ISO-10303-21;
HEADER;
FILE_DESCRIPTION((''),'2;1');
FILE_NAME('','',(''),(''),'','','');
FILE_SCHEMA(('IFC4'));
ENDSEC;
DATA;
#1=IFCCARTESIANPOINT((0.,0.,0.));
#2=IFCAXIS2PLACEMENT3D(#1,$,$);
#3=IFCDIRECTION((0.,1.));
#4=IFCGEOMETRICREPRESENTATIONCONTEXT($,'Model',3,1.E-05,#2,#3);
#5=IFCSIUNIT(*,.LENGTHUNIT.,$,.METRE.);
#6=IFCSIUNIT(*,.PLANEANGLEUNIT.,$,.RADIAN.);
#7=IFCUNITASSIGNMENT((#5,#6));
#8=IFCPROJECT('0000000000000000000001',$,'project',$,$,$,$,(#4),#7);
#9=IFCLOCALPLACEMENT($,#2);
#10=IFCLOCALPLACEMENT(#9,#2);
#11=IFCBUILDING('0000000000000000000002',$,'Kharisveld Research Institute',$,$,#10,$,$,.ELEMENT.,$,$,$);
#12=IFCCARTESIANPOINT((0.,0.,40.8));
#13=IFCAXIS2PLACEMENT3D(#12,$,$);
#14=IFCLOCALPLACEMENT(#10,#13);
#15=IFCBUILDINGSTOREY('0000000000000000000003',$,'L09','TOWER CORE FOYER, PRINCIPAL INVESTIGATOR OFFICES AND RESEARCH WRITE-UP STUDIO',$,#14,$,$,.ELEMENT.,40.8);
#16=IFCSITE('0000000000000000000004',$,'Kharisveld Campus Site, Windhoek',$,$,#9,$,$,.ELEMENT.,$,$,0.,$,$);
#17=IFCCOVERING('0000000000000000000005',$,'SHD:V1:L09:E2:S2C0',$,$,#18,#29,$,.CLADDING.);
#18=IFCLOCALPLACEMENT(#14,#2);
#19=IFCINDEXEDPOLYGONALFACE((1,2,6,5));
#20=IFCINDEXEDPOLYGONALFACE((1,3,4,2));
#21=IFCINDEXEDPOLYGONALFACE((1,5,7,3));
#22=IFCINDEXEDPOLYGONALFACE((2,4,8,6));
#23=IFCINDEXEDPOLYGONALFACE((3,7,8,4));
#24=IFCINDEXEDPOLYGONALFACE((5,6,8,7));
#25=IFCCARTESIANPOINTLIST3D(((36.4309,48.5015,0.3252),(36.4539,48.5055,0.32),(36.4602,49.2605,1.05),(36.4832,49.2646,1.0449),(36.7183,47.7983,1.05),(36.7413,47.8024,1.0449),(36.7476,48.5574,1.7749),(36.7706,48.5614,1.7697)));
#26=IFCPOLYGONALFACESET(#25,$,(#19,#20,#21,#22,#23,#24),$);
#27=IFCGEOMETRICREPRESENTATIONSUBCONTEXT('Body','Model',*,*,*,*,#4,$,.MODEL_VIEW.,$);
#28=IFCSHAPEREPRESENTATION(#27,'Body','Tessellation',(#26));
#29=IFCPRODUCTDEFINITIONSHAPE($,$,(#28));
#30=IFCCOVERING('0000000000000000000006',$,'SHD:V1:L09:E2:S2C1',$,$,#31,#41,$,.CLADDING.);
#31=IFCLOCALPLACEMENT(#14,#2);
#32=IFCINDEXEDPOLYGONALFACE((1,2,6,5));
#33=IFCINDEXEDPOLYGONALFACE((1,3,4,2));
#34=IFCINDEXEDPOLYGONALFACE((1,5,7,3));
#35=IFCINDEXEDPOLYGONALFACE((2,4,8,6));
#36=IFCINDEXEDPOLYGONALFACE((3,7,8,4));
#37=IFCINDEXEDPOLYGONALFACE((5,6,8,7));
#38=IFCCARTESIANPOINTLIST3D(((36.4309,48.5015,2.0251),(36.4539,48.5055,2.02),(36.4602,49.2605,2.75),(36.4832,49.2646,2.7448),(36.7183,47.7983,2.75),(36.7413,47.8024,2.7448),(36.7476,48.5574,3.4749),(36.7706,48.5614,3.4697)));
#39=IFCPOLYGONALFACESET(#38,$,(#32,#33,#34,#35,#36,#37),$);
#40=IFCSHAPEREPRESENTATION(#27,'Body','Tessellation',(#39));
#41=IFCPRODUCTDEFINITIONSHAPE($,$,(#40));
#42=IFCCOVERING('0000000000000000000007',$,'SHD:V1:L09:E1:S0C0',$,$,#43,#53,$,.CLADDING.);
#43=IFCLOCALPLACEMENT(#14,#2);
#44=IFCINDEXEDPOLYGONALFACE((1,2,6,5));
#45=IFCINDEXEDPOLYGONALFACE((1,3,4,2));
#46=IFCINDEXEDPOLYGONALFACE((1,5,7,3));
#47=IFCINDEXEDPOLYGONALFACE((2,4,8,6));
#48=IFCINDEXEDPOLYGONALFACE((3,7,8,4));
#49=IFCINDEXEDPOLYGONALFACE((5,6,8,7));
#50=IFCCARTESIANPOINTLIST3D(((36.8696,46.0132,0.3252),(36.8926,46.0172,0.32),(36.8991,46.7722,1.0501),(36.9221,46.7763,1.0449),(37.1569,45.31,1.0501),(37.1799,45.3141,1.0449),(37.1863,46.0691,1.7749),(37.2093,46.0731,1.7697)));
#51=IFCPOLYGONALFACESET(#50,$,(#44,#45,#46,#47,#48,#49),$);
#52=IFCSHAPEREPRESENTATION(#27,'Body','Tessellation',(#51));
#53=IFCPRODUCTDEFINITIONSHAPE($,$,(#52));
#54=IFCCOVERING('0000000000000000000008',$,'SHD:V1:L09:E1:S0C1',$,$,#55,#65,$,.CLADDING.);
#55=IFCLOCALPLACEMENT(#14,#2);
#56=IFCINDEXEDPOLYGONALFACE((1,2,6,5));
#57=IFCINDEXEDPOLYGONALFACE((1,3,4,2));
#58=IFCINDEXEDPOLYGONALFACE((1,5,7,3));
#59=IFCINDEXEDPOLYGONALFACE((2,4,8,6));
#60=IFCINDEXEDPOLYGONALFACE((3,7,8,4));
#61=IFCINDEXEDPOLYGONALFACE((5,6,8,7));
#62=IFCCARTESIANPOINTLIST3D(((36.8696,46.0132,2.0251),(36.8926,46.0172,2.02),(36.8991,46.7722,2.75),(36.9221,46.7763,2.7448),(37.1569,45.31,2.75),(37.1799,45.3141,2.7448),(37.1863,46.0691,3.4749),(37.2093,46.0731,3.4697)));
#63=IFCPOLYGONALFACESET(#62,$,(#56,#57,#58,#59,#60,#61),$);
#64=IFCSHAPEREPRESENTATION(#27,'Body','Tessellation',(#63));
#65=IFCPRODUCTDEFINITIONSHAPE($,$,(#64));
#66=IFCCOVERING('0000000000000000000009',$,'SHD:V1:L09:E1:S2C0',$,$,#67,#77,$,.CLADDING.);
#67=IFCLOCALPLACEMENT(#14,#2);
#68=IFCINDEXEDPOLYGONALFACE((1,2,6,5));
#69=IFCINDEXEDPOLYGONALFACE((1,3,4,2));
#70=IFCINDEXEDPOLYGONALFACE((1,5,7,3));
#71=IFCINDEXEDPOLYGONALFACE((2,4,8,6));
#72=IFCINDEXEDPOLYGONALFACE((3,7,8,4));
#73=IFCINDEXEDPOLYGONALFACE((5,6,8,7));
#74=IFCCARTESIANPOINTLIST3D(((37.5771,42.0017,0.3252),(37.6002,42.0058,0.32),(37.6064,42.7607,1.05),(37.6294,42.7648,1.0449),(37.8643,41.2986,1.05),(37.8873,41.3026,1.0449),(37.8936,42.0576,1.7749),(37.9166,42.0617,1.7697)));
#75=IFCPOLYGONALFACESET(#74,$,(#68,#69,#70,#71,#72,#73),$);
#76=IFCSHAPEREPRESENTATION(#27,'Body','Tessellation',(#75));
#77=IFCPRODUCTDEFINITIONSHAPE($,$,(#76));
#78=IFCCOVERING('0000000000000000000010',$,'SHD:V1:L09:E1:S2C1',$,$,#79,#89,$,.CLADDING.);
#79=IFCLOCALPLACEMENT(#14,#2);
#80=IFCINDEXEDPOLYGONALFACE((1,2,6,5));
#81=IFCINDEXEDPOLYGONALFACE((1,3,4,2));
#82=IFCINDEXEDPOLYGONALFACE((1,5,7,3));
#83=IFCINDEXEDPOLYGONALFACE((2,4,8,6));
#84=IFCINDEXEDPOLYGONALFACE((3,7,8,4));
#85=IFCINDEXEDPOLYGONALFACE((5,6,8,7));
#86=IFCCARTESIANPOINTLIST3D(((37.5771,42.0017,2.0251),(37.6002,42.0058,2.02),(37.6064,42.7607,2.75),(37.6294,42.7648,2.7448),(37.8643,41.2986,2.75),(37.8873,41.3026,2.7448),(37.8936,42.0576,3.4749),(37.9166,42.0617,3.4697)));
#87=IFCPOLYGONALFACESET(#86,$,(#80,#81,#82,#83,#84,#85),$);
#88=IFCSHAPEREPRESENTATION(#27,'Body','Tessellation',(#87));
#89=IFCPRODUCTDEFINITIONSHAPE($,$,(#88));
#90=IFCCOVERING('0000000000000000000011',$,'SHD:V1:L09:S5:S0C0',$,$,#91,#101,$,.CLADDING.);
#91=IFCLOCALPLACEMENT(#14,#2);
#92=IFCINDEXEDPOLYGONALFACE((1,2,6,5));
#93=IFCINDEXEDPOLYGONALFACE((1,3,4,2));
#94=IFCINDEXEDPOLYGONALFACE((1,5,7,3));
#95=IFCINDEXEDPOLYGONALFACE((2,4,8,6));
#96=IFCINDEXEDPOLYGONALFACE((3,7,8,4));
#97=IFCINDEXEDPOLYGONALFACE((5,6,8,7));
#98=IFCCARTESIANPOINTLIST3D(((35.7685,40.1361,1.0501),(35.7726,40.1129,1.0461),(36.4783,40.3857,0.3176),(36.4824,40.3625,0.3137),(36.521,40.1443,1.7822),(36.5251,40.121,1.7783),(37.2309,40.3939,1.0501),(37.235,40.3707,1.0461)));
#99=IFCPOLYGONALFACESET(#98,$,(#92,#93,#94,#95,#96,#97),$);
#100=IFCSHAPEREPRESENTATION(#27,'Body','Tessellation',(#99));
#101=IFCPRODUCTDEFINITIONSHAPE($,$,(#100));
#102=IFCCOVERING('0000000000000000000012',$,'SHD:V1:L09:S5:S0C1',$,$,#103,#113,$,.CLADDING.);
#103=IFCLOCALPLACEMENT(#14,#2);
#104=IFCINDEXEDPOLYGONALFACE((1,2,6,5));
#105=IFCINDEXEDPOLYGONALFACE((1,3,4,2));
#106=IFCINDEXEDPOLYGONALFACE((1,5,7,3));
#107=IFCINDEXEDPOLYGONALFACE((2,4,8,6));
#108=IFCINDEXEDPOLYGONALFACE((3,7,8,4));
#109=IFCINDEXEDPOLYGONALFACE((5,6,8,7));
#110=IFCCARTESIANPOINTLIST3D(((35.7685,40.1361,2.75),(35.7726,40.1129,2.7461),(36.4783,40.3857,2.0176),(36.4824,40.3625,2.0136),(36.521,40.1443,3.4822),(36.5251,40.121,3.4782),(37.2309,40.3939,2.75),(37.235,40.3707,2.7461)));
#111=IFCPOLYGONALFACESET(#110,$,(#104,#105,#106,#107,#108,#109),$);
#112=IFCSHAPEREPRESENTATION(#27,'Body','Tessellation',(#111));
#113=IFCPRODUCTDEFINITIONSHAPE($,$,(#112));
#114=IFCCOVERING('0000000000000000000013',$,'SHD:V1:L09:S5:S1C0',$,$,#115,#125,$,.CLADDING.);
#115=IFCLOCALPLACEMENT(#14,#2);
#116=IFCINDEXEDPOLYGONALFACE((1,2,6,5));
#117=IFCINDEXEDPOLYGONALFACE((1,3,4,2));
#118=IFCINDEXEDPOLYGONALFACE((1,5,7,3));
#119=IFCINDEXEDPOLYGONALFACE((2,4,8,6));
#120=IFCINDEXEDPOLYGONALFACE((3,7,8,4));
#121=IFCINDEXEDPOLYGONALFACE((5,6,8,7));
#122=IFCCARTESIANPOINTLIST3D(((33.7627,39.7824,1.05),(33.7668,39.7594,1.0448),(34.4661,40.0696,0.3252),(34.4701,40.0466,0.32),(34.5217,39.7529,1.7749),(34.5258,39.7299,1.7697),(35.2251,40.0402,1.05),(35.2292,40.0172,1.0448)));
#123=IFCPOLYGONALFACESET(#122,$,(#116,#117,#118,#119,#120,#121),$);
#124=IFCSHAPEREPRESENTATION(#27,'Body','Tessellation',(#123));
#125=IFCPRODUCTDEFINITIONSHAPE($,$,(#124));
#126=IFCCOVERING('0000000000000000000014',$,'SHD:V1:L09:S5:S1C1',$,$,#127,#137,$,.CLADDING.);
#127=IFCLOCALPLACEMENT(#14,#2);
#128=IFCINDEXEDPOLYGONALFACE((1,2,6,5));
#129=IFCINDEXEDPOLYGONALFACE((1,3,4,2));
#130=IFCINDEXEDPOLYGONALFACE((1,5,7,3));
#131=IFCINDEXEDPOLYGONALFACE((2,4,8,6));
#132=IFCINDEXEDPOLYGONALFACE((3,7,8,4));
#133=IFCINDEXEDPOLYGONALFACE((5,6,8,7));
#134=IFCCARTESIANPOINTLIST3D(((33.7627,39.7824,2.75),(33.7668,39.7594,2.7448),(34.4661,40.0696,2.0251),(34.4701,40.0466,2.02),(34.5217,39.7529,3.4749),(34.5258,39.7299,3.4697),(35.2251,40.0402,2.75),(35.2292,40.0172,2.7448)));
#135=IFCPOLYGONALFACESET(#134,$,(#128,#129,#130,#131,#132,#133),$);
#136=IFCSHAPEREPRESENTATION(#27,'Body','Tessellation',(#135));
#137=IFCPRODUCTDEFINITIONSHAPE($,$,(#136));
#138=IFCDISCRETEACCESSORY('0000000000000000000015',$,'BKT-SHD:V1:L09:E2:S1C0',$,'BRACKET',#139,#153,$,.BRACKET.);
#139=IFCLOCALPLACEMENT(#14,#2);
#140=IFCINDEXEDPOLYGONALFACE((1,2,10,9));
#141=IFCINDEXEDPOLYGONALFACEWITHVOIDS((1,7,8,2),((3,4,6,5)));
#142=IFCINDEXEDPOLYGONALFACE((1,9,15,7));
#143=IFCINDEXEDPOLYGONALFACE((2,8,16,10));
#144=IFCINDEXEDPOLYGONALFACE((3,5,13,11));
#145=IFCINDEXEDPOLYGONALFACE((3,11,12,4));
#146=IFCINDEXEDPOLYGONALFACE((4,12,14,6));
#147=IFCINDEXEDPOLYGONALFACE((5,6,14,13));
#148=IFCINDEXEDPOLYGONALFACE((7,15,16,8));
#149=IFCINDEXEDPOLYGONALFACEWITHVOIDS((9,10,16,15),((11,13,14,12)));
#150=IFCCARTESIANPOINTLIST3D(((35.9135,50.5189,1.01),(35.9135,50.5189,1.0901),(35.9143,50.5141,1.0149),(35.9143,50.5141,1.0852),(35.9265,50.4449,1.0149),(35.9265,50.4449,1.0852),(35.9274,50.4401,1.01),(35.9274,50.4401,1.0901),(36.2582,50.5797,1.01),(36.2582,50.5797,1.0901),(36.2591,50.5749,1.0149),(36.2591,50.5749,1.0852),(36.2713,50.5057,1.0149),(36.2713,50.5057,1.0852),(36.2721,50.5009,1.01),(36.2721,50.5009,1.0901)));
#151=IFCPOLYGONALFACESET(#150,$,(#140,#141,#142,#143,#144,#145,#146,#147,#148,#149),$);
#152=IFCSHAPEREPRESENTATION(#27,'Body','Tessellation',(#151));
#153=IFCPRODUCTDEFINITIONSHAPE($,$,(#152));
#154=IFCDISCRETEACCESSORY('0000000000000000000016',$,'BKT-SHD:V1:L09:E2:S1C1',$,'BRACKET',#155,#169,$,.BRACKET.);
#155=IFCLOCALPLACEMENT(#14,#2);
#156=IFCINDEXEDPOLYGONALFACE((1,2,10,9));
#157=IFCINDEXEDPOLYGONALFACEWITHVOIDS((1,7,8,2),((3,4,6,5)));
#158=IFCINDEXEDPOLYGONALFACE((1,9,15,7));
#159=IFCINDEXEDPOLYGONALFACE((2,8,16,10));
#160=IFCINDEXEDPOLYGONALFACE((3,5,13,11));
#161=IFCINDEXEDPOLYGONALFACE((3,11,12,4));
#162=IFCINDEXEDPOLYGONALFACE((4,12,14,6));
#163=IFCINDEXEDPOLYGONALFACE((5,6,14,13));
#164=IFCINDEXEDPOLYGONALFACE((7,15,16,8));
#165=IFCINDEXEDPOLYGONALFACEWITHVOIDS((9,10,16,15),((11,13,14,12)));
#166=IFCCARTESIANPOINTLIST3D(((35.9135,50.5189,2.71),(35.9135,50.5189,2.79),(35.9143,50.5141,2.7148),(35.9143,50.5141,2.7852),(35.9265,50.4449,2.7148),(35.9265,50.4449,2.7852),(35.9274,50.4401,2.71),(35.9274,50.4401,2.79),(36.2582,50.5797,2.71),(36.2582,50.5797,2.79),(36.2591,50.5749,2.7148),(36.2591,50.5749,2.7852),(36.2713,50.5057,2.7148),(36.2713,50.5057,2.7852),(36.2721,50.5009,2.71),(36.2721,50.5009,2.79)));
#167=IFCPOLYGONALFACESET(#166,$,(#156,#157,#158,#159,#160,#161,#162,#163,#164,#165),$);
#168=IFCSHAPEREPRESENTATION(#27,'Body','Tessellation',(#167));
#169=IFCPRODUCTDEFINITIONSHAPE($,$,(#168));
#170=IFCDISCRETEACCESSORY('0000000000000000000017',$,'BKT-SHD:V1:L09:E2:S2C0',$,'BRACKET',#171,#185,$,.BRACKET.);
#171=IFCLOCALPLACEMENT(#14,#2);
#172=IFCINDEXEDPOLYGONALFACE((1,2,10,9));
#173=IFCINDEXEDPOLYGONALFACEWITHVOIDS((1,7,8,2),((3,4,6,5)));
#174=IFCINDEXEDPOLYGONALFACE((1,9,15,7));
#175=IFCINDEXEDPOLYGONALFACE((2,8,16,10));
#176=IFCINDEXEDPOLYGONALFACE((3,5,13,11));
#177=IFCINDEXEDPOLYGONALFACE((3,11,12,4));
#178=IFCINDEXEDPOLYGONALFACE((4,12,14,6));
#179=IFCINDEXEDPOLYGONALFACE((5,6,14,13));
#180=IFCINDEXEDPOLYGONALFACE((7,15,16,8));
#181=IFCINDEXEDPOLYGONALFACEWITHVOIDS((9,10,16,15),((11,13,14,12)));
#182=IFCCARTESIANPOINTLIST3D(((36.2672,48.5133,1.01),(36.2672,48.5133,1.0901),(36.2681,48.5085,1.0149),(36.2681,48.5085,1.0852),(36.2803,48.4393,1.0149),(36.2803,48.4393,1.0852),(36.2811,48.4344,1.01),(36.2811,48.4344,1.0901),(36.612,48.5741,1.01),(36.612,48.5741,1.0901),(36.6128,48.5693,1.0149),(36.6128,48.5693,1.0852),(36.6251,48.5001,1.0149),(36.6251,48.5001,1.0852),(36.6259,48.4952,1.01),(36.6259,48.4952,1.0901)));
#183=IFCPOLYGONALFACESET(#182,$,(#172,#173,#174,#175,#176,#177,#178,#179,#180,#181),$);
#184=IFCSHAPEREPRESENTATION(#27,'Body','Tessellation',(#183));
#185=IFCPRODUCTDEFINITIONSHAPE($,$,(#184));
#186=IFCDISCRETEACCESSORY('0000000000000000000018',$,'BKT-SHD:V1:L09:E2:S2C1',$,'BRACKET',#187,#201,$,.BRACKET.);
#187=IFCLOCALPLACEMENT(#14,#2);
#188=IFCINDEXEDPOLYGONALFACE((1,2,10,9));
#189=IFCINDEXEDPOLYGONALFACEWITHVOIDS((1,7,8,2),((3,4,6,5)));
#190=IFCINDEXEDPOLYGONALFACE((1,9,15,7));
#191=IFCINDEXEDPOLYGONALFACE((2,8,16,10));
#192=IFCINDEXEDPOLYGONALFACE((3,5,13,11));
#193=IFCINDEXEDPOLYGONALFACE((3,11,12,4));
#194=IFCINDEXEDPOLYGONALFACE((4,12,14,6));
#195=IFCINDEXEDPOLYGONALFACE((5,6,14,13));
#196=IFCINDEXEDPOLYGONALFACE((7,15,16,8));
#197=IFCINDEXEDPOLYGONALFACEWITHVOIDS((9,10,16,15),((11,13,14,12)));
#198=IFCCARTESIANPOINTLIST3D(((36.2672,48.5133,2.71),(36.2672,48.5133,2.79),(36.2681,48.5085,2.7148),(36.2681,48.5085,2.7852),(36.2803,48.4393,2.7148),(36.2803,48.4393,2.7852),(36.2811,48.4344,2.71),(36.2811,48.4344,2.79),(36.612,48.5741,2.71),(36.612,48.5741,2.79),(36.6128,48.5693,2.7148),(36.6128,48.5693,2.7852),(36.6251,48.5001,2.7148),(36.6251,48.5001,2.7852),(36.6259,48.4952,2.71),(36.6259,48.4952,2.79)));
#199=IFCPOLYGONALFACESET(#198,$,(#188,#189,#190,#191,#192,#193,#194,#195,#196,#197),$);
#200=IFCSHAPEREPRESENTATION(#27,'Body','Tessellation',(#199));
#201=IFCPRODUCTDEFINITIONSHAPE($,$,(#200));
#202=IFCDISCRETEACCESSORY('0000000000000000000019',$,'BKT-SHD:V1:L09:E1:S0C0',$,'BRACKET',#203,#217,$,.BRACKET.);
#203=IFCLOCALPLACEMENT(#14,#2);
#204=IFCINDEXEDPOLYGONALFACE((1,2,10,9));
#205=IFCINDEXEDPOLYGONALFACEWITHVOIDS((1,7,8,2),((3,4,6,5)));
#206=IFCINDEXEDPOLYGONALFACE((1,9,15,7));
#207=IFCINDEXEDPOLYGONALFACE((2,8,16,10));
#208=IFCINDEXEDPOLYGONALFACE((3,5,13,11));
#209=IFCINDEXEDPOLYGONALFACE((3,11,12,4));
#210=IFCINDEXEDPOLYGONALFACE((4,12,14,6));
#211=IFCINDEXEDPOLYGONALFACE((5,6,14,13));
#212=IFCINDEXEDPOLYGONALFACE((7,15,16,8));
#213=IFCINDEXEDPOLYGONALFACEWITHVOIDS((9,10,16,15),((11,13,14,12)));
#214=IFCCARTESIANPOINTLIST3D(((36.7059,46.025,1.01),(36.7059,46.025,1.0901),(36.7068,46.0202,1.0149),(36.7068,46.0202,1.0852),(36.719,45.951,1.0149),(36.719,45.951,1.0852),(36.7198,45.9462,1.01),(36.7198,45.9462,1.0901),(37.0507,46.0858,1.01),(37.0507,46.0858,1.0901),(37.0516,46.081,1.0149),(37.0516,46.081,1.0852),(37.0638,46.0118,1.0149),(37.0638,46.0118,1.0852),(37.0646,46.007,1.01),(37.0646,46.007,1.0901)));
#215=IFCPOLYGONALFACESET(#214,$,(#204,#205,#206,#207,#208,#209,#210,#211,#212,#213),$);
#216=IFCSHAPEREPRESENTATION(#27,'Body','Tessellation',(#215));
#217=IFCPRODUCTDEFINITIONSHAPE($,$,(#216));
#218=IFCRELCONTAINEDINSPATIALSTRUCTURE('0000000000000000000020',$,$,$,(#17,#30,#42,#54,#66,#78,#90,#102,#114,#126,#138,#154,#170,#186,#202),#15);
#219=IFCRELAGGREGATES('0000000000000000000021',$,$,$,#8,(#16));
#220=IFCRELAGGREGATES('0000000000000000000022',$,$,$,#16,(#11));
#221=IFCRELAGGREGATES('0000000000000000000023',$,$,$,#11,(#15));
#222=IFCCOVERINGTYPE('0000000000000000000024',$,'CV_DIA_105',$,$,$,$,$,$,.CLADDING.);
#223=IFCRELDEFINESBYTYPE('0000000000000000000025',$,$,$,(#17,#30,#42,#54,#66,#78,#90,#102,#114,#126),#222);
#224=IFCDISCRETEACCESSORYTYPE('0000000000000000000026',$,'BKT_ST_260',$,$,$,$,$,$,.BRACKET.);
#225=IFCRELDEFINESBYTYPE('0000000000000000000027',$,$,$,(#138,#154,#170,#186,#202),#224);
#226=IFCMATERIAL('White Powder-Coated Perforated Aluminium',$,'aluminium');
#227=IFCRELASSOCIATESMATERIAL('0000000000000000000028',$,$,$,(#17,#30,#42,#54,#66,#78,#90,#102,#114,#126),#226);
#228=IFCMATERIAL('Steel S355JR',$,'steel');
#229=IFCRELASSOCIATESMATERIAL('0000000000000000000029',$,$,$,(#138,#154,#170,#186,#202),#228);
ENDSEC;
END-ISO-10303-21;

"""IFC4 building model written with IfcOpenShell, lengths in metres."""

from ifc_helpers import new_model, si_unit, direction, frame, origin, origin_2d, place, context, subcontext, project, spatial, polyline, hollow_rectangle, outline, extrude, material, type_object, element, save


model = new_model("IFC4")

# Units and contexts
model_context = context("Model", 3, precision=1e-05, world=origin(), true_north=direction((0.0, 1.0)))
body_context = subcontext(model_context, "Body", "Model", "MODEL_VIEW")
ifc_project = project(units=[si_unit("LENGTHUNIT", "METRE"), si_unit("PLANEANGLEUNIT", "RADIAN")], contexts=[model_context])

# Site, building, storey
site_placement = place(None, origin())
site = spatial("IfcSite", under=ifc_project, at=site_placement, Name="Kharisveld Campus Site, Windhoek", CompositionType="ELEMENT", RefElevation=0.0)
building_placement = place(site_placement, origin())
building = spatial("IfcBuilding", under=site, at=building_placement, Name="Kharisveld Research Institute", CompositionType="ELEMENT")
storey_placement = place(building_placement, frame((0.0, 0.0, 40.8)))
storey = spatial("IfcBuildingStorey", under=building, at=storey_placement, Name="L09", Description="TOWER CORE FOYER, PRINCIPAL INVESTIGATOR OFFICES AND RESEARCH WRITE-UP STUDIO", CompositionType="ELEMENT", Elevation=40.8)

# Coverings
ifc_material_1 = material(Name="White Powder-Coated Perforated Aluminium", Category="aluminium")
covering_type = type_object("IfcCoveringType", Name="CV_DIA_105", PredefinedType="CLADDING")
for number, where, z_axis, x_axis, name in (
    (1, (36.4309, 48.5015, 0.3252), (-0.961415, -0.16968, 0.21654), (0.273686, -0.669683, 0.690378), "SHD:V1:L09:E2:S2C0"),
    (2, (36.4309, 48.5015, 2.0251), (-0.961415, -0.16968, 0.21654), (0.273686, -0.669683, 0.690378), "SHD:V1:L09:E2:S2C1"),
):
    element("IfcCovering", number, at=place(storey_placement, frame(where, z_axis=z_axis, x_axis=x_axis)), inside=storey, type_object=covering_type, material=ifc_material_1, Name=name, PredefinedType="CLADDING", context=body_context, shape_type="SweptSolid", body=[
        extrude(outline(polyline([(0.0, 0.0), (1.0499, 0.0), (1.0501, 1.05), (0.0001, 1.05), (0.0, 0.0)])), origin(), (0.0, 0.0, -1.0), 0.0239),
    ])
for number, where, z_axis, x_axis, name in (
    (3, (36.8696, 46.0132, 0.3252), (-0.961443, -0.169525, 0.21654), (0.273579, -0.669701, 0.690402), "SHD:V1:L09:E1:S0C0"),
    (4, (36.8696, 46.0132, 2.0251), (-0.961443, -0.169525, 0.21654), (0.273579, -0.669701, 0.690402), "SHD:V1:L09:E1:S0C1"),
):
    element("IfcCovering", number, at=place(storey_placement, frame(where, z_axis=z_axis, x_axis=x_axis)), inside=storey, type_object=covering_type, material=ifc_material_1, Name=name, PredefinedType="CLADDING", context=body_context, shape_type="SweptSolid", body=[
        extrude(outline(polyline([(0.0, 0.0), (1.0499, 0.0), (1.0501, 1.05), (0.0002, 1.05), (0.0, 0.0)])), origin(), (0.0, 0.0, -1.0), 0.0239),
    ])
for number, where, z_axis, x_axis, name in (
    (5, (37.5771, 42.0017, 0.3252), (-0.961476, -0.169531, 0.216385), (0.273471, -0.669725, 0.690421), "SHD:V1:L09:E1:S2C0"),
    (6, (37.5771, 42.0017, 2.0251), (-0.961476, -0.169531, 0.216385), (0.273471, -0.669725, 0.690421), "SHD:V1:L09:E1:S2C1"),
):
    element("IfcCovering", number, at=place(storey_placement, frame(where, z_axis=z_axis, x_axis=x_axis)), inside=storey, type_object=covering_type, material=ifc_material_1, Name=name, PredefinedType="CLADDING", context=body_context, shape_type="SweptSolid", body=[
        extrude(outline(polyline([(0.0, 0.0), (1.0499, 0.0), (1.05, 1.05), (0.0001, 1.05), (0.0, 0.0)])), origin(), (0.0, 0.0, -1.0), 0.0239),
    ])
for number, where, z_axis, x_axis, name in (
    (7, (36.4783, 40.3857, 0.3176), (-0.171233, 0.971295, 0.165124), (-0.675935, -0.23775, 0.697558), "SHD:V1:L09:S5:S0C0"),
    (8, (36.4783, 40.3857, 2.0176), (-0.171233, 0.971295, 0.165124), (-0.675935, -0.23775, 0.697558), "SHD:V1:L09:S5:S0C1"),
):
    element("IfcCovering", number, at=place(storey_placement, frame(where, z_axis=z_axis, x_axis=x_axis)), inside=storey, type_object=covering_type, material=ifc_material_1, Name=name, PredefinedType="CLADDING", context=body_context, shape_type="SweptSolid", body=[
        extrude(outline(polyline([(0.0, 0.0), (1.05, 0.0), (1.0502, 1.0499), (0.0002, 1.0503), (0.0, 0.0)])), origin(), (0.0, 0.0, -1.0), 0.0239),
    ])
for number, where, z_axis, x_axis, name in (
    (9, (34.4661, 40.0696, 0.3252), (-0.169498, 0.961453, 0.216512), (-0.669834, -0.273536, 0.69029), "SHD:V1:L09:S5:S1C0"),
    (10, (34.4661, 40.0696, 2.0251), (-0.169498, 0.961453, 0.216512), (-0.669834, -0.273536, 0.69029), "SHD:V1:L09:S5:S1C1"),
):
    element("IfcCovering", number, at=place(storey_placement, frame(where, z_axis=z_axis, x_axis=x_axis)), inside=storey, type_object=covering_type, material=ifc_material_1, Name=name, PredefinedType="CLADDING", context=body_context, shape_type="SweptSolid", body=[
        extrude(outline(polyline([(0.0, 0.0), (1.05, 0.0), (1.05, 1.05), (-0.0001, 1.05), (0.0, 0.0)])), origin(), (0.0, 0.0, -1.0), 0.0239),
    ])

# Discrete accessories
ifc_material_2 = material(Name="Steel S355JR", Category="steel")
discrete_accessory_type = type_object("IfcDiscreteAccessoryType", Name="BKT_ST_260", PredefinedType="BRACKET")
for number, where, z_axis, x_axis, name in (
    (11, (35.9204, 50.4795, 1.05), (0.984805, 0.173666, 0.0), (-0.173666, 0.984805, 0.0), "BKT-SHD:V1:L09:E2:S1C0"),
    (12, (35.9204, 50.4795, 2.75), (0.984805, 0.173666, 0.0), (-0.173666, 0.984805, 0.0), "BKT-SHD:V1:L09:E2:S1C1"),
    (13, (36.2742, 48.4739, 1.05), (0.984805, 0.173666, 0.0), (-0.173666, 0.984805, 0.0), "BKT-SHD:V1:L09:E2:S2C0"),
    (14, (36.2742, 48.4739, 2.75), (0.984805, 0.173666, 0.0), (-0.173666, 0.984805, 0.0), "BKT-SHD:V1:L09:E2:S2C1"),
    (15, (36.7129, 45.9856, 1.05), (0.984805, 0.173666, 0.0), (-0.173666, 0.984805, 0.0), "BKT-SHD:V1:L09:E1:S0C0"),
):
    element("IfcDiscreteAccessory", number, at=place(storey_placement, frame(where, z_axis=z_axis, x_axis=x_axis)), inside=storey, type_object=discrete_accessory_type, material=ifc_material_2, Name=name, ObjectType="BRACKET", PredefinedType="BRACKET", context=body_context, shape_type="SweptSolid", body=[
        extrude(hollow_rectangle(XDim=0.0801, YDim=0.0801, WallThickness=0.0049, at=origin_2d()), origin(), (0.0, 0.0, 1.0), 0.3501),
    ])

save(model, "model.ifc")
